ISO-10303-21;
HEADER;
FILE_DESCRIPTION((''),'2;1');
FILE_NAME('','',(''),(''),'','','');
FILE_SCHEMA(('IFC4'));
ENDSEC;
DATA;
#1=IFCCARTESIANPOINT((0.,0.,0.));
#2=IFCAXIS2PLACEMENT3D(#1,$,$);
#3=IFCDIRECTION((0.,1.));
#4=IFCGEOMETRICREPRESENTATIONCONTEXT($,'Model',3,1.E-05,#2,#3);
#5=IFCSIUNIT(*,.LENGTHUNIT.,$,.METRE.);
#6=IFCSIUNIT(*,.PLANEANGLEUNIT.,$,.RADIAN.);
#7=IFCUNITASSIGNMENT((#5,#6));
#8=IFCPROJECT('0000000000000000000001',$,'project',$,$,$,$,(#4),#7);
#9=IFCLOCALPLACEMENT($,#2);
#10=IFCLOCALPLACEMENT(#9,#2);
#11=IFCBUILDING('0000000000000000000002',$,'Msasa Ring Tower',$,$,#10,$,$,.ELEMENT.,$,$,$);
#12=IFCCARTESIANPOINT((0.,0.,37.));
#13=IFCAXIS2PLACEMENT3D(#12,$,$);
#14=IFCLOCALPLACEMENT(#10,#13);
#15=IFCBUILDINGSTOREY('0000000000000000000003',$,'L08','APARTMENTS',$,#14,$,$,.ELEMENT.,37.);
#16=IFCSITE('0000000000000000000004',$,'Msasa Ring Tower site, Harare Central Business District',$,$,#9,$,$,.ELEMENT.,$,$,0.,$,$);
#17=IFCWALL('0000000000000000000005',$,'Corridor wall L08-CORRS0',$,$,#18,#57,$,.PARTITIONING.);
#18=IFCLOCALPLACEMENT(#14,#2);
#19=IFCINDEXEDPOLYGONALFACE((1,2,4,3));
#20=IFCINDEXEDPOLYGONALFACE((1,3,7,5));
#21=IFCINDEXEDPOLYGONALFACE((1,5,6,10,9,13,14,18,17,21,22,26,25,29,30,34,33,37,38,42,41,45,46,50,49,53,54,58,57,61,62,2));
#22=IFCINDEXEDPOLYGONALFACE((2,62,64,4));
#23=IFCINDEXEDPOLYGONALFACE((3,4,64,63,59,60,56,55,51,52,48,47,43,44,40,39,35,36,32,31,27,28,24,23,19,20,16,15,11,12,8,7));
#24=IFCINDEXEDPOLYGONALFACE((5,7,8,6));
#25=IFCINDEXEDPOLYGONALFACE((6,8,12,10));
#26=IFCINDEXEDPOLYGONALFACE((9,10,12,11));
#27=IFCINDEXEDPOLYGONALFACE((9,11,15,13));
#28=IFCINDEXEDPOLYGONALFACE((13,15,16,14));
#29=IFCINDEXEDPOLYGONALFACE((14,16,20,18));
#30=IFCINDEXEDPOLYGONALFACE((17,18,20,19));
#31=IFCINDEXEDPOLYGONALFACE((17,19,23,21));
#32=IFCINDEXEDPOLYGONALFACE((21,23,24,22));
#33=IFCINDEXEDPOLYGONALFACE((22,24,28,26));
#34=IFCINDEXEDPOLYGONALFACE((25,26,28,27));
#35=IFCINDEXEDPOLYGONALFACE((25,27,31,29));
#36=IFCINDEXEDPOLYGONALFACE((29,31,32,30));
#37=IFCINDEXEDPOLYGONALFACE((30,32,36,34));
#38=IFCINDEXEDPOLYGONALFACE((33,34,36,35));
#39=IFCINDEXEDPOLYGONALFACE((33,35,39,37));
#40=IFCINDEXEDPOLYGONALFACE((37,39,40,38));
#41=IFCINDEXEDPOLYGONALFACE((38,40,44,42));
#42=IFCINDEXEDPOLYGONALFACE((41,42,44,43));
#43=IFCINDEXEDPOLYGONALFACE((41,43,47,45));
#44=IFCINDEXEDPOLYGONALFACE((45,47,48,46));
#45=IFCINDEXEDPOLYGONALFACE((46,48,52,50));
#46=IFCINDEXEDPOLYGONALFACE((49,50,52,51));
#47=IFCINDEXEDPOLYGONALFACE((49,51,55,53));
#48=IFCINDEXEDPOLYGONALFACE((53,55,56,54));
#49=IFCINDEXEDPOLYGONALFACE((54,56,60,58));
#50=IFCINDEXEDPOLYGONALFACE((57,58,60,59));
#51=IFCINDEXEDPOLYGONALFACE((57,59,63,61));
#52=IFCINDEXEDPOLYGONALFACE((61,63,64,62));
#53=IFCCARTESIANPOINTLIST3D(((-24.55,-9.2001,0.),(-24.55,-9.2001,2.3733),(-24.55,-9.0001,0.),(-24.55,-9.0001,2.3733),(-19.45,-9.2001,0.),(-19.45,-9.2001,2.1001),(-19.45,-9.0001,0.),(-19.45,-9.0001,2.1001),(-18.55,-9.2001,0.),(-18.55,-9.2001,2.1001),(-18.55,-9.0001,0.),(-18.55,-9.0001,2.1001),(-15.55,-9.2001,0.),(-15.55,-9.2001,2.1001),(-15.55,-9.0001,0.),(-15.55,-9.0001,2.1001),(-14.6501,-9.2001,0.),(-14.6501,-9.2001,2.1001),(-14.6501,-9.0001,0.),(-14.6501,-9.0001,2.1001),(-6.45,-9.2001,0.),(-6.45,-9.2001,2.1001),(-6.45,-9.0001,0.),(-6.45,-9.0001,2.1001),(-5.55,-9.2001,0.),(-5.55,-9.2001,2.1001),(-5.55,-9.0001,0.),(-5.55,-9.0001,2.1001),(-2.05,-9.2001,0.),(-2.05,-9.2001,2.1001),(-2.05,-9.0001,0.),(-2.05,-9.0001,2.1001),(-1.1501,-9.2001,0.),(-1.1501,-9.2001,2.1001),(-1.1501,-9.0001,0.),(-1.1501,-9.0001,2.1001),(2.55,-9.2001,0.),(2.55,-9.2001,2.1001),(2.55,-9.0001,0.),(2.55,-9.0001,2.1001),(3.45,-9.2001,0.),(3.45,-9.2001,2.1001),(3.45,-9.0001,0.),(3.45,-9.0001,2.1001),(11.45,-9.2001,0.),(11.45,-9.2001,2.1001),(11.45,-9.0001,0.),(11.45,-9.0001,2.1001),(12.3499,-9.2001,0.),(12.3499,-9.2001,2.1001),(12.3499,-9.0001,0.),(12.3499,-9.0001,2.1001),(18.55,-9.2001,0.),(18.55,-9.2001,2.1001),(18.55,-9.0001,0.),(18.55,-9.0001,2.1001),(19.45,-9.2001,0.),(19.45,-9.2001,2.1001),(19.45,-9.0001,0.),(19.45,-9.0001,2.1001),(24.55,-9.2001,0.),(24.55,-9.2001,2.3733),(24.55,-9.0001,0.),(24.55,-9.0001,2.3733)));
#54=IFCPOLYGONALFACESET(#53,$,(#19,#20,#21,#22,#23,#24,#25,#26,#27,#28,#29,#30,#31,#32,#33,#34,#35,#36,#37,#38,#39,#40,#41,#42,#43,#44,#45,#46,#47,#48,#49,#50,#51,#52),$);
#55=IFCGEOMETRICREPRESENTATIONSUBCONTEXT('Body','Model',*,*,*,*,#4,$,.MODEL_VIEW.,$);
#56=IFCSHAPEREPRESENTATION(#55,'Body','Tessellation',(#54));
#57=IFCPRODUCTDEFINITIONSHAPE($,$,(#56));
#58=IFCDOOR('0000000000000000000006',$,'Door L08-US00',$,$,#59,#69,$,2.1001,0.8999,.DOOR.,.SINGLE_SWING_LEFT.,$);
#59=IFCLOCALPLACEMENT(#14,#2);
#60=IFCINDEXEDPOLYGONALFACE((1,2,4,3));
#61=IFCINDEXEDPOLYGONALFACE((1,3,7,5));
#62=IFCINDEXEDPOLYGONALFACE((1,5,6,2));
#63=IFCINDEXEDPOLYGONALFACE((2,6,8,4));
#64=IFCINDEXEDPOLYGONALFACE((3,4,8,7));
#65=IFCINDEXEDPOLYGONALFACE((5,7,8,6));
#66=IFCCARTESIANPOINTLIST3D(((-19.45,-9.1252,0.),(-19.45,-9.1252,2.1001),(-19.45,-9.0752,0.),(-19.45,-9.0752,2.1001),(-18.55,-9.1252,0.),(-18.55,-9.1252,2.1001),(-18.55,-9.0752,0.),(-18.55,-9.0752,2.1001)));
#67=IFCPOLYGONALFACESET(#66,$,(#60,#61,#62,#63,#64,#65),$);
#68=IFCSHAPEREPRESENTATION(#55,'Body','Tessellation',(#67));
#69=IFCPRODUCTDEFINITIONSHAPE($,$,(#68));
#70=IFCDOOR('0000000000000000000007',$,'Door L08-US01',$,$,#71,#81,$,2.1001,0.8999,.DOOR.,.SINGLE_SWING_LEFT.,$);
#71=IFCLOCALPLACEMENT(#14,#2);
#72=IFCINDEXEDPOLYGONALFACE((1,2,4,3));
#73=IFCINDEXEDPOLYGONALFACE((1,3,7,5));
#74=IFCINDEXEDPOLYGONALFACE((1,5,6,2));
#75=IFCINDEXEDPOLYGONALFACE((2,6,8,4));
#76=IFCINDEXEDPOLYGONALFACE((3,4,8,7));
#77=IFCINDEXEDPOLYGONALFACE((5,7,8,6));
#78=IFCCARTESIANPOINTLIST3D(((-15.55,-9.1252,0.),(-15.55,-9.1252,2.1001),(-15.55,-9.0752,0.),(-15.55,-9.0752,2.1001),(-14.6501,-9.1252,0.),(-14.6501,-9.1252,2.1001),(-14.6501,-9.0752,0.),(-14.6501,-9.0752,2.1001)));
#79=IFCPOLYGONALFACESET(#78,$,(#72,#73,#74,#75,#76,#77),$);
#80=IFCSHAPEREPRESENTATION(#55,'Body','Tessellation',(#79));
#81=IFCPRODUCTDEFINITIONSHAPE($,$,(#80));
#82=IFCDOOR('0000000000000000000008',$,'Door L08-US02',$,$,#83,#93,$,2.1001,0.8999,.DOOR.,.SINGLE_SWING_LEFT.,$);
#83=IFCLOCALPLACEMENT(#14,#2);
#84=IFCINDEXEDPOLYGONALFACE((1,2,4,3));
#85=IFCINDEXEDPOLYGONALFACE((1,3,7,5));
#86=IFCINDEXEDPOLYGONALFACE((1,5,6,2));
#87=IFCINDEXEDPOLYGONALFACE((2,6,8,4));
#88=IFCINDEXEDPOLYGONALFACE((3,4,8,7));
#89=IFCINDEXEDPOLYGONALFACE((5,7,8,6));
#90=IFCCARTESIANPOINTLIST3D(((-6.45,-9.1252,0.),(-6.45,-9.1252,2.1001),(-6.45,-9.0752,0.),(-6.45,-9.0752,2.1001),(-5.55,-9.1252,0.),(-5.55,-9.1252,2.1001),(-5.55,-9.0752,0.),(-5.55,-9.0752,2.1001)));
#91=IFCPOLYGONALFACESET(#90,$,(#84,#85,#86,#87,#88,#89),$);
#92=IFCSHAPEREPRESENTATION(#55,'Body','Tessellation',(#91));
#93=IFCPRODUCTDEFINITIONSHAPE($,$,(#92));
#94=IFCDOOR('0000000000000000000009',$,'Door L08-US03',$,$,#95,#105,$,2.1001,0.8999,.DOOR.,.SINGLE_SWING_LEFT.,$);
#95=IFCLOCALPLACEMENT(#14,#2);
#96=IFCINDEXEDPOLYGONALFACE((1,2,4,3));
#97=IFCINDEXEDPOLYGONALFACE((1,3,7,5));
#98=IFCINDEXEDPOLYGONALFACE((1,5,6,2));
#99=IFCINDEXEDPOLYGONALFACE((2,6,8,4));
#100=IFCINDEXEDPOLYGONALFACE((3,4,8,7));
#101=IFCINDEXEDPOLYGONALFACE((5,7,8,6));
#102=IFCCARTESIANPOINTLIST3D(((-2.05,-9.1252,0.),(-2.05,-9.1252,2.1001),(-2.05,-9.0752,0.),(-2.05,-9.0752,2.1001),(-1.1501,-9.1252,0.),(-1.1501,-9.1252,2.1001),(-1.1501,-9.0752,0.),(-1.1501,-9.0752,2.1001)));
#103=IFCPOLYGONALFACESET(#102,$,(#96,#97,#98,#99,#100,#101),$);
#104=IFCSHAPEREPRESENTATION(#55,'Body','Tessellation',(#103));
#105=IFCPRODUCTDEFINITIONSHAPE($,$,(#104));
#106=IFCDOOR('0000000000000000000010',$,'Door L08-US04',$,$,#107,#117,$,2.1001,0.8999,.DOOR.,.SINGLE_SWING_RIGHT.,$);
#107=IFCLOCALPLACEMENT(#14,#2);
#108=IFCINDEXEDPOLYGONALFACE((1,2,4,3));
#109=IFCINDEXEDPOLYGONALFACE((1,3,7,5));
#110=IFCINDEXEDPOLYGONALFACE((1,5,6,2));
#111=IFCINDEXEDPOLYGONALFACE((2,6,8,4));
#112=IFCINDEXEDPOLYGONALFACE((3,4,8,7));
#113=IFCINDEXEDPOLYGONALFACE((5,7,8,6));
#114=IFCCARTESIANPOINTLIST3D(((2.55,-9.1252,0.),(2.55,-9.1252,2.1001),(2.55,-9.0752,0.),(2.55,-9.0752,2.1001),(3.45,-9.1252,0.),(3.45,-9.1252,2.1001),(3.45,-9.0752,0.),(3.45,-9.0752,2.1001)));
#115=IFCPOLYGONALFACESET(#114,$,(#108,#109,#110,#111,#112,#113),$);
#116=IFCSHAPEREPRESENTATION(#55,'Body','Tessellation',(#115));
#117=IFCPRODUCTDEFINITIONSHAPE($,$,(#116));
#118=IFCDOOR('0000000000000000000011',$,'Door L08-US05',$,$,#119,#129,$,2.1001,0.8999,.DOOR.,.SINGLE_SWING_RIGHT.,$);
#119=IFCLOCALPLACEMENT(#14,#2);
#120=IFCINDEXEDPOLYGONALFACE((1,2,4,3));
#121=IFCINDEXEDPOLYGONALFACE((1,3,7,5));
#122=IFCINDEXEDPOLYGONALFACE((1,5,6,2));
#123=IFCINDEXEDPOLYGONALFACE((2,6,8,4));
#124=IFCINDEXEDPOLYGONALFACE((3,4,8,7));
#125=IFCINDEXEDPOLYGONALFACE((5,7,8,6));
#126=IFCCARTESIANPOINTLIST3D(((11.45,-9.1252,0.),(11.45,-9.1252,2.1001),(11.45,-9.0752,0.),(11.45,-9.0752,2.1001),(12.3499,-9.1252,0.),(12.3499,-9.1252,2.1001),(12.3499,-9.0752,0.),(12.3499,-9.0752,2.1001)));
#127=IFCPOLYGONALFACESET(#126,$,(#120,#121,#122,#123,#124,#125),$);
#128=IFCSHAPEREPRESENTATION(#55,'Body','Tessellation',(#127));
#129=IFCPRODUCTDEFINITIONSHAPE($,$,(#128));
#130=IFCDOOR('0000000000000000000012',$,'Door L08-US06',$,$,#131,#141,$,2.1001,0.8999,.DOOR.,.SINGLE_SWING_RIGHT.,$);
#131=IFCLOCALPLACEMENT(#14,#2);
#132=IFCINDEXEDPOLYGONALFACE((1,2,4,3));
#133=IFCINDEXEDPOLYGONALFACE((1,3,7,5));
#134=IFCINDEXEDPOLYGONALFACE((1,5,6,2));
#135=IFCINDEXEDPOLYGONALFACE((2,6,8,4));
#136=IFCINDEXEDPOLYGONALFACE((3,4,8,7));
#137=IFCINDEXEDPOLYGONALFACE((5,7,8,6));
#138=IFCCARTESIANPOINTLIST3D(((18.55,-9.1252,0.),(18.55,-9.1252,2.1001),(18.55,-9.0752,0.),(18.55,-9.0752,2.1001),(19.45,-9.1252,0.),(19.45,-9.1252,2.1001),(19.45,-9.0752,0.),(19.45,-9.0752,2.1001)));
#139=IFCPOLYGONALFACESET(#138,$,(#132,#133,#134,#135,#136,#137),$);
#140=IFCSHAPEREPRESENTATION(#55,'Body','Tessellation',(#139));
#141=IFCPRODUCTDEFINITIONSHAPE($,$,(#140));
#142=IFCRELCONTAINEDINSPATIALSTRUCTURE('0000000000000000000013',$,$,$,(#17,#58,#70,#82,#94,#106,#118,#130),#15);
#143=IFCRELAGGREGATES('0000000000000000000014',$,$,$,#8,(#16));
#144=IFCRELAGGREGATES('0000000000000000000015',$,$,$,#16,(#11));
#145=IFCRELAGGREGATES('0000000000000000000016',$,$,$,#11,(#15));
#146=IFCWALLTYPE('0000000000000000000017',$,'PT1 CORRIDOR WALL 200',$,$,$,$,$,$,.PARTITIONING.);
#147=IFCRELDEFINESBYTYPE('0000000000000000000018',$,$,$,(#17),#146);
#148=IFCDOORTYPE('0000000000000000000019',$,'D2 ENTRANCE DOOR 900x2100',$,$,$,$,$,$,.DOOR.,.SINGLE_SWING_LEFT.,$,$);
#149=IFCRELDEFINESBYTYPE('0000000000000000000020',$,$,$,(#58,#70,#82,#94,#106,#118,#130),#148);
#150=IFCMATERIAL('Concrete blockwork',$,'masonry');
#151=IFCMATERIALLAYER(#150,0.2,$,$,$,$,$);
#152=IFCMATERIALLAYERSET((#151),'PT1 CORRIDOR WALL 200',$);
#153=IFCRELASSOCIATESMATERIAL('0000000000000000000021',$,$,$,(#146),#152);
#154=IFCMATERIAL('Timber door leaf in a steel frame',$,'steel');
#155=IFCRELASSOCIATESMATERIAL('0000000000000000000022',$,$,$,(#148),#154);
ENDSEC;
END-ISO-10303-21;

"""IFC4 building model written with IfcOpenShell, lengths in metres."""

from ifc_helpers import new_model, si_unit, direction, frame, frame_2d, origin, place, context, subcontext, project, spatial, rectangle, extrude, material, layer, layer_set, type_object, element, fill, save


model = new_model("IFC4")

# Units and contexts
model_context = context("Model", 3, precision=1e-05, world=origin(), true_north=direction((0.0, 1.0)))
body_context = subcontext(model_context, "Body", "Model", "MODEL_VIEW")
ifc_project = project(units=[si_unit("LENGTHUNIT", "METRE"), si_unit("PLANEANGLEUNIT", "RADIAN")], contexts=[model_context])

# Site, building, storey
site_placement = place(None, origin())
site = spatial("IfcSite", under=ifc_project, at=site_placement, Name="Msasa Ring Tower site, Harare Central Business District", CompositionType="ELEMENT", RefElevation=0.0)
building_placement = place(site_placement, origin())
building = spatial("IfcBuilding", under=site, at=building_placement, Name="Msasa Ring Tower", CompositionType="ELEMENT")
storey_placement = place(building_placement, frame((0.0, 0.0, 37.0)))
storey = spatial("IfcBuildingStorey", under=building, at=storey_placement, Name="L08", Description="APARTMENTS", CompositionType="ELEMENT", Elevation=37.0)

# Wall, openings, doors
ifc_material_1 = material(Name="Concrete blockwork", Category="masonry")
ifc_layer_1 = layer(ifc_material_1, 0.2)
ifc_layer_set_1 = layer_set([ifc_layer_1], Name="PT1 CORRIDOR WALL 200")
wall_type_1 = type_object("IfcWallType", Name="PT1 CORRIDOR WALL 200", PredefinedType="PARTITIONING", material=ifc_layer_set_1)
wall_1_placement = place(storey_placement, frame((-24.55, -9.1001, 0.0), z_axis=(0.0, 0.0, 1.0), x_axis=(1.0, 0.0, 0.0)))
wall_1 = element("IfcWall", 1, at=wall_1_placement, inside=storey, type_object=wall_type_1, Name="Corridor wall L08-CORRS0", PredefinedType="PARTITIONING", context=body_context, shape_type="SweptSolid", body=[
    extrude(rectangle(XDim=49.1001, YDim=0.2, at=frame_2d((24.55, 0.0))), origin(), (0.0, 0.0, 1.0), 2.3733),
])
opening_1_placement = place(wall_1_placement, frame((5.1001, 0.0, 0.0)))
opening_1 = element("IfcOpeningElement", 2, at=opening_1_placement, cuts=wall_1, PredefinedType="OPENING", context=body_context, shape_type="SweptSolid", body=[
    extrude(rectangle(XDim=0.8999, YDim=2.1001, at=frame_2d((0.45, 1.05))), frame((0.0, 0.1099, 0.0), z_axis=(0.0, -1.0, 0.0), x_axis=(1.0, 0.0, 0.0)), (0.0, 0.0, 1.0), 0.22),
])
opening_2_placement = place(wall_1_placement, frame((9.0, 0.0, 0.0)))
opening_2 = element("IfcOpeningElement", 3, at=opening_2_placement, cuts=wall_1, PredefinedType="OPENING", context=body_context, shape_type="SweptSolid", body=[
    extrude(rectangle(XDim=0.8999, YDim=2.1001, at=frame_2d((0.45, 1.05))), frame((0.0, 0.1099, 0.0), z_axis=(0.0, -1.0, 0.0), x_axis=(1.0, 0.0, 0.0)), (0.0, 0.0, 1.0), 0.22),
])
opening_3_placement = place(wall_1_placement, frame((18.1001, 0.0, 0.0)))
opening_3 = element("IfcOpeningElement", 4, at=opening_3_placement, cuts=wall_1, PredefinedType="OPENING", context=body_context, shape_type="SweptSolid", body=[
    extrude(rectangle(XDim=0.8999, YDim=2.1001, at=frame_2d((0.45, 1.05))), frame((0.0, 0.1099, 0.0), z_axis=(0.0, -1.0, 0.0), x_axis=(1.0, 0.0, 0.0)), (0.0, 0.0, 1.0), 0.22),
])
opening_4_placement = place(wall_1_placement, frame((22.5, 0.0, 0.0)))
opening_4 = element("IfcOpeningElement", 5, at=opening_4_placement, cuts=wall_1, PredefinedType="OPENING", context=body_context, shape_type="SweptSolid", body=[
    extrude(rectangle(XDim=0.8999, YDim=2.1001, at=frame_2d((0.45, 1.05))), frame((0.0, 0.1099, 0.0), z_axis=(0.0, -1.0, 0.0), x_axis=(1.0, 0.0, 0.0)), (0.0, 0.0, 1.0), 0.22),
])
opening_5_placement = place(wall_1_placement, frame((27.1001, 0.0, 0.0)))
opening_5 = element("IfcOpeningElement", 6, at=opening_5_placement, cuts=wall_1, PredefinedType="OPENING", context=body_context, shape_type="SweptSolid", body=[
    extrude(rectangle(XDim=0.8999, YDim=2.1001, at=frame_2d((0.45, 1.05))), frame((0.0, 0.1099, 0.0), z_axis=(0.0, -1.0, 0.0), x_axis=(1.0, 0.0, 0.0)), (0.0, 0.0, 1.0), 0.22),
])
opening_6_placement = place(wall_1_placement, frame((36.0, 0.0, 0.0)))
opening_6 = element("IfcOpeningElement", 7, at=opening_6_placement, cuts=wall_1, PredefinedType="OPENING", context=body_context, shape_type="SweptSolid", body=[
    extrude(rectangle(XDim=0.8999, YDim=2.1001, at=frame_2d((0.45, 1.05))), frame((0.0, 0.1099, 0.0), z_axis=(0.0, -1.0, 0.0), x_axis=(1.0, 0.0, 0.0)), (0.0, 0.0, 1.0), 0.22),
])
opening_7_placement = place(wall_1_placement, frame((43.1001, 0.0, 0.0)))
opening_7 = element("IfcOpeningElement", 8, at=opening_7_placement, cuts=wall_1, PredefinedType="OPENING", context=body_context, shape_type="SweptSolid", body=[
    extrude(rectangle(XDim=0.8999, YDim=2.1001, at=frame_2d((0.45, 1.05))), frame((0.0, 0.1099, 0.0), z_axis=(0.0, -1.0, 0.0), x_axis=(1.0, 0.0, 0.0)), (0.0, 0.0, 1.0), 0.22),
])
ifc_material_2 = material(Name="Timber door leaf in a steel frame", Category="steel")
door_type_1 = type_object("IfcDoorType", Name="D2 ENTRANCE DOOR 900x2100", OperationType="SINGLE_SWING_LEFT", PredefinedType="DOOR", material=ifc_material_2)
door_1_placement = place(opening_1_placement, origin())
door_1 = element("IfcDoor", 9, at=door_1_placement, inside=storey, type_object=door_type_1, Name="Door L08-US00", OperationType="SINGLE_SWING_LEFT", OverallHeight=2.1001, OverallWidth=0.8999, PredefinedType="DOOR", context=body_context, shape_type="SweptSolid", body=[
    extrude(rectangle(XDim=0.8999, YDim=2.1001, at=frame_2d((0.45, 1.05))), frame((0.0, 0.0249, 0.0), z_axis=(0.0, -1.0, 0.0), x_axis=(1.0, 0.0, 0.0)), (0.0, 0.0, 1.0), 0.05),
])
fill(opening_1, door_1)
door_2_placement = place(opening_2_placement, origin())
door_2 = element("IfcDoor", 10, at=door_2_placement, inside=storey, type_object=door_type_1, Name="Door L08-US01", OperationType="SINGLE_SWING_LEFT", OverallHeight=2.1001, OverallWidth=0.8999, PredefinedType="DOOR", context=body_context, shape_type="SweptSolid", body=[
    extrude(rectangle(XDim=0.8999, YDim=2.1001, at=frame_2d((0.45, 1.05))), frame((0.0, 0.0249, 0.0), z_axis=(0.0, -1.0, 0.0), x_axis=(1.0, 0.0, 0.0)), (0.0, 0.0, 1.0), 0.05),
])
fill(opening_2, door_2)
door_3_placement = place(opening_3_placement, origin())
door_3 = element("IfcDoor", 11, at=door_3_placement, inside=storey, type_object=door_type_1, Name="Door L08-US02", OperationType="SINGLE_SWING_LEFT", OverallHeight=2.1001, OverallWidth=0.8999, PredefinedType="DOOR", context=body_context, shape_type="SweptSolid", body=[
    extrude(rectangle(XDim=0.8999, YDim=2.1001, at=frame_2d((0.45, 1.05))), frame((0.0, 0.0249, 0.0), z_axis=(0.0, -1.0, 0.0), x_axis=(1.0, 0.0, 0.0)), (0.0, 0.0, 1.0), 0.05),
])
fill(opening_3, door_3)
door_4_placement = place(opening_4_placement, origin())
door_4 = element("IfcDoor", 12, at=door_4_placement, inside=storey, type_object=door_type_1, Name="Door L08-US03", OperationType="SINGLE_SWING_LEFT", OverallHeight=2.1001, OverallWidth=0.8999, PredefinedType="DOOR", context=body_context, shape_type="SweptSolid", body=[
    extrude(rectangle(XDim=0.8999, YDim=2.1001, at=frame_2d((0.45, 1.05))), frame((0.0, 0.0249, 0.0), z_axis=(0.0, -1.0, 0.0), x_axis=(1.0, 0.0, 0.0)), (0.0, 0.0, 1.0), 0.05),
])
fill(opening_4, door_4)
door_5_placement = place(opening_5_placement, origin())
door_5 = element("IfcDoor", 13, at=door_5_placement, inside=storey, type_object=door_type_1, Name="Door L08-US04", OperationType="SINGLE_SWING_RIGHT", OverallHeight=2.1001, OverallWidth=0.8999, PredefinedType="DOOR", context=body_context, shape_type="SweptSolid", body=[
    extrude(rectangle(XDim=0.8999, YDim=2.1001, at=frame_2d((0.45, 1.05))), frame((0.0, 0.0249, 0.0), z_axis=(0.0, -1.0, 0.0), x_axis=(1.0, 0.0, 0.0)), (0.0, 0.0, 1.0), 0.05),
])
fill(opening_5, door_5)
door_6_placement = place(opening_6_placement, origin())
door_6 = element("IfcDoor", 14, at=door_6_placement, inside=storey, type_object=door_type_1, Name="Door L08-US05", OperationType="SINGLE_SWING_RIGHT", OverallHeight=2.1001, OverallWidth=0.8999, PredefinedType="DOOR", context=body_context, shape_type="SweptSolid", body=[
    extrude(rectangle(XDim=0.8999, YDim=2.1001, at=frame_2d((0.45, 1.05))), frame((0.0, 0.0249, 0.0), z_axis=(0.0, -1.0, 0.0), x_axis=(1.0, 0.0, 0.0)), (0.0, 0.0, 1.0), 0.05),
])
fill(opening_6, door_6)
door_7_placement = place(opening_7_placement, origin())
door_7 = element("IfcDoor", 15, at=door_7_placement, inside=storey, type_object=door_type_1, Name="Door L08-US06", OperationType="SINGLE_SWING_RIGHT", OverallHeight=2.1001, OverallWidth=0.8999, PredefinedType="DOOR", context=body_context, shape_type="SweptSolid", body=[
    extrude(rectangle(XDim=0.8999, YDim=2.1001, at=frame_2d((0.45, 1.05))), frame((0.0, 0.0249, 0.0), z_axis=(0.0, -1.0, 0.0), x_axis=(1.0, 0.0, 0.0)), (0.0, 0.0, 1.0), 0.05),
])
fill(opening_7, door_7)

save(model, "model.ifc")
